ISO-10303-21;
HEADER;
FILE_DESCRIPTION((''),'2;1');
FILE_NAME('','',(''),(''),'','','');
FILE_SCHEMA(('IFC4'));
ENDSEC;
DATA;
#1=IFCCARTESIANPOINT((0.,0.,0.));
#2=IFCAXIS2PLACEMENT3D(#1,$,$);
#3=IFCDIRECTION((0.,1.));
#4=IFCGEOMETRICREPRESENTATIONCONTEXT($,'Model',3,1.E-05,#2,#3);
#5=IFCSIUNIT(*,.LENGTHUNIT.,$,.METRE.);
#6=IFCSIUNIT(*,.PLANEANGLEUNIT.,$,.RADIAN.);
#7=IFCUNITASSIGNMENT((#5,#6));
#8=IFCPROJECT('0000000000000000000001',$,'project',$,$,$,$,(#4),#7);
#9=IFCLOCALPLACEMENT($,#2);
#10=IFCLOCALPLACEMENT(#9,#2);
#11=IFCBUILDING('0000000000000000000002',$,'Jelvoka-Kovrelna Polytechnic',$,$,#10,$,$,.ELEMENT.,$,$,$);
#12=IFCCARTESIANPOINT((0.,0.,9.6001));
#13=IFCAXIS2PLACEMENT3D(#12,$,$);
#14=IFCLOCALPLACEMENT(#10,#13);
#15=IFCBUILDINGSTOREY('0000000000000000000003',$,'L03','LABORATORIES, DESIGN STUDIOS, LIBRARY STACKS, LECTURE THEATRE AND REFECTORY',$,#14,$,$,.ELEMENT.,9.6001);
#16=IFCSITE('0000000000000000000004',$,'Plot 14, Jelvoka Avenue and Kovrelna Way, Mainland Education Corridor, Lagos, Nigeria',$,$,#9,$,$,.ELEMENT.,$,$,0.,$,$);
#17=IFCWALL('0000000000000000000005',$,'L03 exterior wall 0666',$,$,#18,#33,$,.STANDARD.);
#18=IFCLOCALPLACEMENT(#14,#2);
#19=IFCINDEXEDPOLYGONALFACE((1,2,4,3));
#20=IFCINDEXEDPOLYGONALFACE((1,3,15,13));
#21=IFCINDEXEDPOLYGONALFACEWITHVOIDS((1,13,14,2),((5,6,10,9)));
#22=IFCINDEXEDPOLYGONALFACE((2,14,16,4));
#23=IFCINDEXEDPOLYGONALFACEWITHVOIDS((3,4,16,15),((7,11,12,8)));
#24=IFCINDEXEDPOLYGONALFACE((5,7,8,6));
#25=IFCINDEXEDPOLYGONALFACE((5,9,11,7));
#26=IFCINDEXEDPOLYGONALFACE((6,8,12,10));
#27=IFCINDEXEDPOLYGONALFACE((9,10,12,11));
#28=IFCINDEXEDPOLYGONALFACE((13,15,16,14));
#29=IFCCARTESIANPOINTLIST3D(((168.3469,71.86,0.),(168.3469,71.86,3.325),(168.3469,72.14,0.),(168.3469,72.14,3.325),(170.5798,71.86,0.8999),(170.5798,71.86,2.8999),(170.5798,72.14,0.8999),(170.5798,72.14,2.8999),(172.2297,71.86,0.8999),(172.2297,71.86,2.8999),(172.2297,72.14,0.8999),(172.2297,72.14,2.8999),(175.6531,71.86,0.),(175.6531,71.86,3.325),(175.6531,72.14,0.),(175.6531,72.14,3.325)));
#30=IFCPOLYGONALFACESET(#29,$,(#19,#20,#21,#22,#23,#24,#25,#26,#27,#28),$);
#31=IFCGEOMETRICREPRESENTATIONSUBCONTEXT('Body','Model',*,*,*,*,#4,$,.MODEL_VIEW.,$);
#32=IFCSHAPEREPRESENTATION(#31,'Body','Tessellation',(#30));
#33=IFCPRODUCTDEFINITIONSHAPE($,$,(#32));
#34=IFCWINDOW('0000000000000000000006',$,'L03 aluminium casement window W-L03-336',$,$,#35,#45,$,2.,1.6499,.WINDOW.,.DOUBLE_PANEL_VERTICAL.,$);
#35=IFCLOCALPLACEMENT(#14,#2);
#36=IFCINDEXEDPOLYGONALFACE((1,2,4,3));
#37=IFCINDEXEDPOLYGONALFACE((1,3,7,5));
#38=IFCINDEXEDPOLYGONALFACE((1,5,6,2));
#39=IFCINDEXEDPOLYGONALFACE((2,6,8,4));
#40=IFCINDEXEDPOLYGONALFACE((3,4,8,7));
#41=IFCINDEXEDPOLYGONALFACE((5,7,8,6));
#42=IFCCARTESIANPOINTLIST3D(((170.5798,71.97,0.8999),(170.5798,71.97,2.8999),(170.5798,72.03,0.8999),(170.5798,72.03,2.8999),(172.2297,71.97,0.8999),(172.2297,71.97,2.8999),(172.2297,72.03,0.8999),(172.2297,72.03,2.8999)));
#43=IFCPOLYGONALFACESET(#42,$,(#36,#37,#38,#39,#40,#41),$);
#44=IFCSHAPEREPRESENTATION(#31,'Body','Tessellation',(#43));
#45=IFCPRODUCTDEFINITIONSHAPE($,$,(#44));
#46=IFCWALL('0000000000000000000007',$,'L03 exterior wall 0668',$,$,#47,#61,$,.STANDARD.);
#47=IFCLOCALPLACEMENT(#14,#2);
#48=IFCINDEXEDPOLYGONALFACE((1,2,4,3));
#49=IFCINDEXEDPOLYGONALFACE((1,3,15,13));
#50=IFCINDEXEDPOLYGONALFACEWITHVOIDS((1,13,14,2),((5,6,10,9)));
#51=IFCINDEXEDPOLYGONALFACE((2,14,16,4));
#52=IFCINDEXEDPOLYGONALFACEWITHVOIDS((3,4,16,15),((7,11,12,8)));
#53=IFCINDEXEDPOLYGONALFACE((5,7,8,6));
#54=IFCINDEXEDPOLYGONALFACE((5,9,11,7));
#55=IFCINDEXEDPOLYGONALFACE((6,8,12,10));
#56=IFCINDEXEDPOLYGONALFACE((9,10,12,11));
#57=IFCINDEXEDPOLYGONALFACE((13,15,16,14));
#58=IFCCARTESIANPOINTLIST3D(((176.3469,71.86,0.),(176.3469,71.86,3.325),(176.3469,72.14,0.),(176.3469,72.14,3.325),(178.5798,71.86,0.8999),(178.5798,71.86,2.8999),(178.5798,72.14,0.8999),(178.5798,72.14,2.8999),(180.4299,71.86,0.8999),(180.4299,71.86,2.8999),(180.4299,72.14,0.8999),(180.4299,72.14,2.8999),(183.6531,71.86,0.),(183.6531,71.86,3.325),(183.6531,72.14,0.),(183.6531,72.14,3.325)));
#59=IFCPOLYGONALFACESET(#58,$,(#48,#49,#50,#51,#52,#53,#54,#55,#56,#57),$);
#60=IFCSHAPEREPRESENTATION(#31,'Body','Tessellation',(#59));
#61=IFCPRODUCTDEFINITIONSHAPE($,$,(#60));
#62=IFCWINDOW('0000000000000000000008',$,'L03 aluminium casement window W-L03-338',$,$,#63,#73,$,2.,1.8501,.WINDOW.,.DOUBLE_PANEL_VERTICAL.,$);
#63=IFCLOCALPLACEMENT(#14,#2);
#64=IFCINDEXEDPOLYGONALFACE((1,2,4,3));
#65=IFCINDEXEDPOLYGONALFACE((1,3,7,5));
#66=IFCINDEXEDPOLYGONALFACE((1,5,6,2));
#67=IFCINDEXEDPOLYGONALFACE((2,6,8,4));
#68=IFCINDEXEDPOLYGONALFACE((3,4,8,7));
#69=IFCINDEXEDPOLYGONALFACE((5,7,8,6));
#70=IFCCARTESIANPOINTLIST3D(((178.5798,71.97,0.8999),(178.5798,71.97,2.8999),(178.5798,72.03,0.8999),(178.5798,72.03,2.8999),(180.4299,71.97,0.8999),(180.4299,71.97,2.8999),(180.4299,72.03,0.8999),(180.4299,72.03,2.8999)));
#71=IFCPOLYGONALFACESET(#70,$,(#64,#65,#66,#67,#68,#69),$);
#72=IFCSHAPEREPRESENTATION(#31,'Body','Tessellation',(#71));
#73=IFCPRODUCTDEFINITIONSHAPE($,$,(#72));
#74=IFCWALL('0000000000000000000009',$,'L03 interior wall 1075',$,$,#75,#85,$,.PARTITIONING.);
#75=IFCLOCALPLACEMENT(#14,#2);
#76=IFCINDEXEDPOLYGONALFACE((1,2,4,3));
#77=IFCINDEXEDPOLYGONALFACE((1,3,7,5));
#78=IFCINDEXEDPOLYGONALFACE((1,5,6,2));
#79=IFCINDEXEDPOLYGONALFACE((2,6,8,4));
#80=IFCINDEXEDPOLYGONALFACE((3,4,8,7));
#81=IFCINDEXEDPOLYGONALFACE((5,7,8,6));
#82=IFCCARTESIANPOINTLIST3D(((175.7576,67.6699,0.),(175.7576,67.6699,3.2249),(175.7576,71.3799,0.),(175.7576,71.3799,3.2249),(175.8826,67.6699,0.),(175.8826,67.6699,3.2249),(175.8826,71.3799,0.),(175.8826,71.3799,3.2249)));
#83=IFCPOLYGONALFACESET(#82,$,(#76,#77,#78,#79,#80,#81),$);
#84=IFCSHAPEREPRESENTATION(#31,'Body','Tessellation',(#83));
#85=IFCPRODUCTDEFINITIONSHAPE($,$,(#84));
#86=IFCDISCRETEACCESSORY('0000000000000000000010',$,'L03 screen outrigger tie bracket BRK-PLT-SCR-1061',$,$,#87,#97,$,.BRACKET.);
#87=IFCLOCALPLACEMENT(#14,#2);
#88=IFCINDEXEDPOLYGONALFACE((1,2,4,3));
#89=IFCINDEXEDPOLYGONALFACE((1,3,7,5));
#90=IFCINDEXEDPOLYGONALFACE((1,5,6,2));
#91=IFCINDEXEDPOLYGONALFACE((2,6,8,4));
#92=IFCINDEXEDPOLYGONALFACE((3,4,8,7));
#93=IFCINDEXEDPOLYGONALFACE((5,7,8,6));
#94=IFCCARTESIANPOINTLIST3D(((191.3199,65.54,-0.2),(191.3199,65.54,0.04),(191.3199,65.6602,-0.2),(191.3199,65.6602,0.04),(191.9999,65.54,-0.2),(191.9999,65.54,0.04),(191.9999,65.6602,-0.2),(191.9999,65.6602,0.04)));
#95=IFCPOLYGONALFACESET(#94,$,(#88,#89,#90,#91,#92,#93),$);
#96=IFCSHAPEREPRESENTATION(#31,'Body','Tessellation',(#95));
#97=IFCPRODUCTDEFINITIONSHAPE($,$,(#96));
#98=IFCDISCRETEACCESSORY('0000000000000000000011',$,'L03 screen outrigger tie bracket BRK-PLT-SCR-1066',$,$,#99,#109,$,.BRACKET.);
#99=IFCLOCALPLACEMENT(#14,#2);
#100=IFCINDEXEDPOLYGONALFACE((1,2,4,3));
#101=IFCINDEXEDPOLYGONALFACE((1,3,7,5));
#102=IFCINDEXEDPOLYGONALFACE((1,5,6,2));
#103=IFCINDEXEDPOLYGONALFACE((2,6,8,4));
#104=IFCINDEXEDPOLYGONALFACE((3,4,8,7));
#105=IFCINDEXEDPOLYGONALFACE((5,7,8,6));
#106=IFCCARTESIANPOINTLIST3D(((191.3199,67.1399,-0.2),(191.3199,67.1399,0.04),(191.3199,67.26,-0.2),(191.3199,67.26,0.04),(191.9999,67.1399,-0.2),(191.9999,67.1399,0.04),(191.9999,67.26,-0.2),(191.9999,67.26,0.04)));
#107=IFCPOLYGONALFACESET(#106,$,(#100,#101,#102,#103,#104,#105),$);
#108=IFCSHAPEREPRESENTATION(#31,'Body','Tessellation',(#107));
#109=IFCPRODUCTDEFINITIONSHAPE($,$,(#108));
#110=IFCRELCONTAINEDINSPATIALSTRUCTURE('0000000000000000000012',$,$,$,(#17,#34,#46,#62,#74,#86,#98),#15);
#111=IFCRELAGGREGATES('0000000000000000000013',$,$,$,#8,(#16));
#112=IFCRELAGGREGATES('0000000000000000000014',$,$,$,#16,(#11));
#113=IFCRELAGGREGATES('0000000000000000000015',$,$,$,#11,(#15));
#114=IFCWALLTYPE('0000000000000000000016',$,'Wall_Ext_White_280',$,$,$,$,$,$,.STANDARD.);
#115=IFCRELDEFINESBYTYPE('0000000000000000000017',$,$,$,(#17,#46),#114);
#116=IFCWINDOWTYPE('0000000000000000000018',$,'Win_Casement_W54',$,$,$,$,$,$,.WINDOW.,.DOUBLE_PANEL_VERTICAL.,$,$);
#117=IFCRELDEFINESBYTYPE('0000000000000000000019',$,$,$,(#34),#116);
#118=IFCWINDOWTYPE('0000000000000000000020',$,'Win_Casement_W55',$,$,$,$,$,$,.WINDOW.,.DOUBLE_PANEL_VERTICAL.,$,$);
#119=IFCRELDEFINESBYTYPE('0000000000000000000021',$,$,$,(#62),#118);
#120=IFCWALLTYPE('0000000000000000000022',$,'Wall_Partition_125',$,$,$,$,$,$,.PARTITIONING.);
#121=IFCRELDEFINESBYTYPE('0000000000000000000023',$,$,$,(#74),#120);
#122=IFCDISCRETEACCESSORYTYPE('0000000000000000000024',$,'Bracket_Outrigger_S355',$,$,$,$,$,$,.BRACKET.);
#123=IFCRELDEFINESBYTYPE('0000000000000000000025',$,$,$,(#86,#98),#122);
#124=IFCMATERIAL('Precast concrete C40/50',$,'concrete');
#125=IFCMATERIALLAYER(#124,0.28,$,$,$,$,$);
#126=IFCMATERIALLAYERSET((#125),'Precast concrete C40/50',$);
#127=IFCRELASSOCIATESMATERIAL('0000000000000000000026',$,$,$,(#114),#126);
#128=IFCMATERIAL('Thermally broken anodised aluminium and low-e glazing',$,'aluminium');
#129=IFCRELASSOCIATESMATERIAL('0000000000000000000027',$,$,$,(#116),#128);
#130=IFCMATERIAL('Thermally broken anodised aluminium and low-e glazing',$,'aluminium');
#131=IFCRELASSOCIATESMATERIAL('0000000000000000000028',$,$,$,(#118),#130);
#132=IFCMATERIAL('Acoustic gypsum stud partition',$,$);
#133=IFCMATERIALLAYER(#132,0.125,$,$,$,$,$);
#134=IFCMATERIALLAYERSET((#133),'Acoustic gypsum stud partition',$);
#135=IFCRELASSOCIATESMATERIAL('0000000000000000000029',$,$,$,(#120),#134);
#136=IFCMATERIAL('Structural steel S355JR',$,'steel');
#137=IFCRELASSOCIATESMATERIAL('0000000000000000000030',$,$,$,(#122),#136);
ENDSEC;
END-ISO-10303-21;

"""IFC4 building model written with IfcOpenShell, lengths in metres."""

from ifc_helpers import new_model, si_unit, direction, frame, frame_2d, origin, origin_2d, place, context, subcontext, project, spatial, rectangle, extrude, material, layer, layer_set, type_object, element, fill, save


model = new_model("IFC4")

# Units and contexts
model_context = context("Model", 3, precision=1e-05, world=origin(), true_north=direction((0.0, 1.0)))
body_context = subcontext(model_context, "Body", "Model", "MODEL_VIEW")
ifc_project = project(units=[si_unit("LENGTHUNIT", "METRE"), si_unit("PLANEANGLEUNIT", "RADIAN")], contexts=[model_context])

# Site, building, storey
site_placement = place(None, origin())
site = spatial("IfcSite", under=ifc_project, at=site_placement, Name="Plot 14, Jelvoka Avenue and Kovrelna Way, Mainland Education Corridor, Lagos, Nigeria", CompositionType="ELEMENT", RefElevation=0.0)
building_placement = place(site_placement, origin())
building = spatial("IfcBuilding", under=site, at=building_placement, Name="Jelvoka-Kovrelna Polytechnic", CompositionType="ELEMENT")
storey_placement = place(building_placement, frame((0.0, 0.0, 9.6001)))
storey = spatial("IfcBuildingStorey", under=building, at=storey_placement, Name="L03", Description="LABORATORIES, DESIGN STUDIOS, LIBRARY STACKS, LECTURE THEATRE AND REFECTORY", CompositionType="ELEMENT", Elevation=9.6001)

# Walls, openings, windows
ifc_material_1 = material(Name="Precast concrete C40/50", Category="concrete")
ifc_layer_1 = layer(ifc_material_1, 0.28)
ifc_layer_set_1 = layer_set([ifc_layer_1], Name="Precast concrete C40/50")
wall_type_1 = type_object("IfcWallType", Name="Wall_Ext_White_280", PredefinedType="STANDARD", material=ifc_layer_set_1)
wall_1_placement = place(storey_placement, frame((168.3469, 72.0, 0.0), z_axis=(0.0, 0.0, 1.0), x_axis=(1.0, 0.0, 0.0)))
wall_1 = element("IfcWall", 1, at=wall_1_placement, inside=storey, type_object=wall_type_1, Name="L03 exterior wall 0666", PredefinedType="STANDARD", context=body_context, shape_type="SweptSolid", body=[
    extrude(rectangle(XDim=7.3062, YDim=0.28, at=frame_2d((3.6531, 0.0))), origin(), (0.0, 0.0, 1.0), 3.325),
])
opening_1_placement = place(wall_1_placement, frame((2.2329, 0.0, 0.8999)))
opening_1 = element("IfcOpeningElement", 2, at=opening_1_placement, cuts=wall_1, PredefinedType="OPENING", context=body_context, shape_type="SweptSolid", body=[
    extrude(rectangle(XDim=1.6499, YDim=2.0, at=frame_2d((0.825, 1.0))), frame((0.0, 0.1501, 0.0), z_axis=(0.0, -1.0, 0.0), x_axis=(1.0, 0.0, 0.0)), (0.0, 0.0, 1.0), 0.3),
])
ifc_material_2 = material(Name="Thermally broken anodised aluminium and low-e glazing", Category="aluminium")
window_type_1 = type_object("IfcWindowType", Name="Win_Casement_W54", PartitioningType="DOUBLE_PANEL_VERTICAL", PredefinedType="WINDOW", material=ifc_material_2)
window_1_placement = place(opening_1_placement, origin())
window_1 = element("IfcWindow", 3, at=window_1_placement, inside=storey, type_object=window_type_1, Name="L03 aluminium casement window W-L03-336", OverallHeight=2.0, OverallWidth=1.6499, PartitioningType="DOUBLE_PANEL_VERTICAL", PredefinedType="WINDOW", context=body_context, shape_type="SweptSolid", body=[
    extrude(rectangle(XDim=1.6499, YDim=2.0, at=frame_2d((0.825, 1.0))), frame((0.0, 0.03, 0.0), z_axis=(0.0, -1.0, 0.0), x_axis=(1.0, 0.0, 0.0)), (0.0, 0.0, 1.0), 0.0601),
])
fill(opening_1, window_1)
wall_2_placement = place(storey_placement, frame((176.3469, 72.0, 0.0), z_axis=(0.0, 0.0, 1.0), x_axis=(1.0, 0.0, 0.0)))
wall_2 = element("IfcWall", 4, at=wall_2_placement, inside=storey, type_object=wall_type_1, Name="L03 exterior wall 0668", PredefinedType="STANDARD", context=body_context, shape_type="SweptSolid", body=[
    extrude(rectangle(XDim=7.3062, YDim=0.28, at=frame_2d((3.6531, 0.0))), origin(), (0.0, 0.0, 1.0), 3.325),
])
opening_2_placement = place(wall_2_placement, frame((2.2329, 0.0, 0.8999)))
opening_2 = element("IfcOpeningElement", 5, at=opening_2_placement, cuts=wall_2, PredefinedType="OPENING", context=body_context, shape_type="SweptSolid", body=[
    extrude(rectangle(XDim=1.8501, YDim=2.0, at=frame_2d((0.925, 1.0))), frame((0.0, 0.1501, 0.0), z_axis=(0.0, -1.0, 0.0), x_axis=(1.0, 0.0, 0.0)), (0.0, 0.0, 1.0), 0.3),
])
ifc_material_3 = material(Name="Thermally broken anodised aluminium and low-e glazing", Category="aluminium")
window_type_2 = type_object("IfcWindowType", Name="Win_Casement_W55", PartitioningType="DOUBLE_PANEL_VERTICAL", PredefinedType="WINDOW", material=ifc_material_3)
window_2_placement = place(opening_2_placement, origin())
window_2 = element("IfcWindow", 6, at=window_2_placement, inside=storey, type_object=window_type_2, Name="L03 aluminium casement window W-L03-338", OverallHeight=2.0, OverallWidth=1.8501, PartitioningType="DOUBLE_PANEL_VERTICAL", PredefinedType="WINDOW", context=body_context, shape_type="SweptSolid", body=[
    extrude(rectangle(XDim=1.8501, YDim=2.0, at=frame_2d((0.925, 1.0))), frame((0.0, 0.03, 0.0), z_axis=(0.0, -1.0, 0.0), x_axis=(1.0, 0.0, 0.0)), (0.0, 0.0, 1.0), 0.0601),
])
fill(opening_2, window_2)

# Wall
ifc_material_4 = material(Name="Acoustic gypsum stud partition")
ifc_layer_2 = layer(ifc_material_4, 0.125)
ifc_layer_set_2 = layer_set([ifc_layer_2], Name="Acoustic gypsum stud partition")
wall_type_2 = type_object("IfcWallType", Name="Wall_Partition_125", PredefinedType="PARTITIONING", material=ifc_layer_set_2)
wall_3_placement = place(storey_placement, frame((175.8201, 67.6699, 0.0), z_axis=(0.0, 0.0, 1.0), x_axis=(0.0, 1.0, 0.0)))
element("IfcWall", 7, at=wall_3_placement, inside=storey, type_object=wall_type_2, Name="L03 interior wall 1075", PredefinedType="PARTITIONING", context=body_context, shape_type="SweptSolid", body=[
    extrude(rectangle(XDim=3.71, YDim=0.125, at=frame_2d((1.855, 0.0))), origin(), (0.0, 0.0, 1.0), 3.2249),
])

# Discrete accessories
ifc_material_5 = material(Name="Structural steel S355JR", Category="steel")
discrete_accessory_type = type_object("IfcDiscreteAccessoryType", Name="Bracket_Outrigger_S355", PredefinedType="BRACKET", material=ifc_material_5)
for number, where, z_axis, x_axis, name in (
    (8, (191.6599, 65.6001, -0.2), (0.0, 0.0, 1.0), (1.0, 0.0, 0.0), "L03 screen outrigger tie bracket BRK-PLT-SCR-1061"),
    (9, (191.6599, 67.2, -0.2), (0.0, 0.0, 1.0), (1.0, 0.0, 0.0), "L03 screen outrigger tie bracket BRK-PLT-SCR-1066"),
):
    element("IfcDiscreteAccessory", number, at=place(storey_placement, frame(where, z_axis=z_axis, x_axis=x_axis)), inside=storey, type_object=discrete_accessory_type, Name=name, PredefinedType="BRACKET", context=body_context, shape_type="SweptSolid", body=[
        extrude(rectangle(XDim=0.6799, YDim=0.1201, at=origin_2d()), origin(), (0.0, 0.0, 1.0), 0.24),
    ])

save(model, "model.ifc")
